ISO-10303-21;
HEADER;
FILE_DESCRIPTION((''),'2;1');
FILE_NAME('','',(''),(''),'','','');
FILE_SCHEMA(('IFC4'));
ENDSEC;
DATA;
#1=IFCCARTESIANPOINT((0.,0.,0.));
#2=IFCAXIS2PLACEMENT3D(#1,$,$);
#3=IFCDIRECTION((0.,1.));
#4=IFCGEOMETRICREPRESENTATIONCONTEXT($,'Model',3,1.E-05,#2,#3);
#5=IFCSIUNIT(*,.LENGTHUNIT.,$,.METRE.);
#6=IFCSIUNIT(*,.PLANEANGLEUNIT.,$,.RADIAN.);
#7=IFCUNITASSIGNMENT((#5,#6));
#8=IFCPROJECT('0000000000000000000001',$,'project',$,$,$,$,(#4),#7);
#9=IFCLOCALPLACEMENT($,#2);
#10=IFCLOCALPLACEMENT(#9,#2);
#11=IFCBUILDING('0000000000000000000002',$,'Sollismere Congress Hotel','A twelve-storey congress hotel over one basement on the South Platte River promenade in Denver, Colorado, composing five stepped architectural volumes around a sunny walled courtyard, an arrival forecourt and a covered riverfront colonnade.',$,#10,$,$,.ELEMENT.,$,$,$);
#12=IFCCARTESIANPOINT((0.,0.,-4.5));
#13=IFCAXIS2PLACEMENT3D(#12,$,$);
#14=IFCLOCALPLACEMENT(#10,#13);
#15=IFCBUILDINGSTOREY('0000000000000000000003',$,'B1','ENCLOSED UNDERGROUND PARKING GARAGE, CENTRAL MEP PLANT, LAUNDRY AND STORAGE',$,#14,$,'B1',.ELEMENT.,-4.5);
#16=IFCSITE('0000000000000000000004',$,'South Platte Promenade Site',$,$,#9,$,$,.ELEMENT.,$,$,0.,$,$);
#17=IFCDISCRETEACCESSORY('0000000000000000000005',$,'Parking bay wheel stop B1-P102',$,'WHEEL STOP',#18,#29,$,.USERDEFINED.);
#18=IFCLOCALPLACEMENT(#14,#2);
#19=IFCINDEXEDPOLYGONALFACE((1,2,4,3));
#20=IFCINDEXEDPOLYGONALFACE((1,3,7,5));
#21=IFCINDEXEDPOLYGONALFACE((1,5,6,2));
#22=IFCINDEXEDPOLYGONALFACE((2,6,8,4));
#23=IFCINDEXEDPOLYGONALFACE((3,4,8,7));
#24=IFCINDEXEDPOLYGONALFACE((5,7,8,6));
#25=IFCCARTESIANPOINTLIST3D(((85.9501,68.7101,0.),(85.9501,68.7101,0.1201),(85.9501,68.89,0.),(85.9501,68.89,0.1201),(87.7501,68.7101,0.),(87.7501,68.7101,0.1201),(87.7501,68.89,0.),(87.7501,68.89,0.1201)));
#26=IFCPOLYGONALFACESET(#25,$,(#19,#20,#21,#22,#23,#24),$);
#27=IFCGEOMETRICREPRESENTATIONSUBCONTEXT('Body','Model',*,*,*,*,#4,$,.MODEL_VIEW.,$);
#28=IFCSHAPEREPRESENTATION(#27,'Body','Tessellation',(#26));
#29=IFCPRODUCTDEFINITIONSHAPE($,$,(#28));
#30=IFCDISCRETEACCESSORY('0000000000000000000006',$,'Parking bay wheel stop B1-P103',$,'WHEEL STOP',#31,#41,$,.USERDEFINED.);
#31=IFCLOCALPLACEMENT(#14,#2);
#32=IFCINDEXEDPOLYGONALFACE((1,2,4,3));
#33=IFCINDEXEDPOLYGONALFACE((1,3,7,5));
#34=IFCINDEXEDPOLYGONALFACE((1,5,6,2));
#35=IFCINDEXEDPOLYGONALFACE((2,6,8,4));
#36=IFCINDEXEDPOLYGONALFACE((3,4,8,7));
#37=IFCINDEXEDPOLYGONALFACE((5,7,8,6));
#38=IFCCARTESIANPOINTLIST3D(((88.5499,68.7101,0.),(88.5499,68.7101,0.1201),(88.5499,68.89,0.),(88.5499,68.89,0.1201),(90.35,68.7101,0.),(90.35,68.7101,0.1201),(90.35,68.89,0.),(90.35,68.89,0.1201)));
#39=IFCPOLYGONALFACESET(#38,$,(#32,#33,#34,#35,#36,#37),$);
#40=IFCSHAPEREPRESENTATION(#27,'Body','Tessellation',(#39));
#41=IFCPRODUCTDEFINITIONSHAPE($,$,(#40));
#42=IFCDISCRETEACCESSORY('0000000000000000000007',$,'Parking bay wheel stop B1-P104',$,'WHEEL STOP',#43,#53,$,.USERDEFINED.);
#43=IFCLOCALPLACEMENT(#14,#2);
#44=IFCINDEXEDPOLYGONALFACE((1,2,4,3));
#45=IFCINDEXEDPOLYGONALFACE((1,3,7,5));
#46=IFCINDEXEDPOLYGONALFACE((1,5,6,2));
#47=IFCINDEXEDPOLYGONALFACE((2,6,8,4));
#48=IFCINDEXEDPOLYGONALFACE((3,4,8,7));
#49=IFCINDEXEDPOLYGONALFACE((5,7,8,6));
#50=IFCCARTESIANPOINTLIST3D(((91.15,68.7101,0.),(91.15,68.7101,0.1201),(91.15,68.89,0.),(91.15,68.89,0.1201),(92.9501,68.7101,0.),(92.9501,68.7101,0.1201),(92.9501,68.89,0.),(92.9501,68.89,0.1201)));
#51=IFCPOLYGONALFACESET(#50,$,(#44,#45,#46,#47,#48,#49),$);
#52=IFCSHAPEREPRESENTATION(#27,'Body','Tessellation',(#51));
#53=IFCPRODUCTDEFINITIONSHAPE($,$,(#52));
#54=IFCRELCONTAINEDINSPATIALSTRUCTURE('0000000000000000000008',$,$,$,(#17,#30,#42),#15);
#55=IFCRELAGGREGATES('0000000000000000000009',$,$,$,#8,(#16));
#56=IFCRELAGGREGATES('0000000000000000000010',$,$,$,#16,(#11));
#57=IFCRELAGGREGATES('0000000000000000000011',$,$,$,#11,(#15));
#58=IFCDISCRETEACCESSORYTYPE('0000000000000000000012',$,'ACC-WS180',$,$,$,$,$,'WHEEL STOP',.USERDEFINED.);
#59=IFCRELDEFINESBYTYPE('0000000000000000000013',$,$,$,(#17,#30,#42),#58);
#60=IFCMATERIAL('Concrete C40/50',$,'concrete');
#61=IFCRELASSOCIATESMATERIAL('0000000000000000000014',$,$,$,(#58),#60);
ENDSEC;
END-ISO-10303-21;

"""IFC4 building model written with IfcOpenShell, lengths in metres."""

from ifc_helpers import new_model, si_unit, direction, frame, origin, origin_2d, place, context, subcontext, project, spatial, rectangle, extrude, material, type_object, element, save


model = new_model("IFC4")

# Units and contexts
model_context = context("Model", 3, precision=1e-05, world=origin(), true_north=direction((0.0, 1.0)))
body_context = subcontext(model_context, "Body", "Model", "MODEL_VIEW")
ifc_project = project(units=[si_unit("LENGTHUNIT", "METRE"), si_unit("PLANEANGLEUNIT", "RADIAN")], contexts=[model_context])

# Site, building, storey
site_placement = place(None, origin())
site = spatial("IfcSite", under=ifc_project, at=site_placement, Name="South Platte Promenade Site", CompositionType="ELEMENT", RefElevation=0.0)
building_placement = place(site_placement, origin())
building = spatial("IfcBuilding", under=site, at=building_placement, Name="Sollismere Congress Hotel", Description="A twelve-storey congress hotel over one basement on the South Platte River promenade in Denver, Colorado, composing five stepped architectural volumes around a sunny walled courtyard, an arrival forecourt and a covered riverfront colonnade.", CompositionType="ELEMENT")
storey_placement = place(building_placement, frame((0.0, 0.0, -4.5)))
storey = spatial("IfcBuildingStorey", under=building, at=storey_placement, Name="B1", Description="ENCLOSED UNDERGROUND PARKING GARAGE, CENTRAL MEP PLANT, LAUNDRY AND STORAGE", LongName="B1", CompositionType="ELEMENT", Elevation=-4.5)

# Shared definitions
ifc_material_1 = material(Name="Concrete C40/50", Category="concrete")

# Discrete accessories
discrete_accessory_type = type_object("IfcDiscreteAccessoryType", Name="ACC-WS180", ElementType="WHEEL STOP", PredefinedType="USERDEFINED", material=ifc_material_1)
for number, where, z_axis, x_axis, name in (
    (1, (86.8501, 68.8, 0.0), (0.0, 0.0, 1.0), (1.0, 0.0, 0.0), "Parking bay wheel stop B1-P102"),
    (2, (89.45, 68.8, 0.0), (0.0, 0.0, 1.0), (1.0, 0.0, 0.0), "Parking bay wheel stop B1-P103"),
    (3, (92.05, 68.8, 0.0), (0.0, 0.0, 1.0), (1.0, 0.0, 0.0), "Parking bay wheel stop B1-P104"),
):
    element("IfcDiscreteAccessory", number, at=place(storey_placement, frame(where, z_axis=z_axis, x_axis=x_axis)), inside=storey, type_object=discrete_accessory_type, Name=name, ObjectType="WHEEL STOP", PredefinedType="USERDEFINED", context=body_context, shape_type="SweptSolid", body=[
        extrude(rectangle(XDim=1.8, YDim=0.1799, at=origin_2d()), origin(), (0.0, 0.0, 1.0), 0.1201),
    ])

save(model, "model.ifc")
